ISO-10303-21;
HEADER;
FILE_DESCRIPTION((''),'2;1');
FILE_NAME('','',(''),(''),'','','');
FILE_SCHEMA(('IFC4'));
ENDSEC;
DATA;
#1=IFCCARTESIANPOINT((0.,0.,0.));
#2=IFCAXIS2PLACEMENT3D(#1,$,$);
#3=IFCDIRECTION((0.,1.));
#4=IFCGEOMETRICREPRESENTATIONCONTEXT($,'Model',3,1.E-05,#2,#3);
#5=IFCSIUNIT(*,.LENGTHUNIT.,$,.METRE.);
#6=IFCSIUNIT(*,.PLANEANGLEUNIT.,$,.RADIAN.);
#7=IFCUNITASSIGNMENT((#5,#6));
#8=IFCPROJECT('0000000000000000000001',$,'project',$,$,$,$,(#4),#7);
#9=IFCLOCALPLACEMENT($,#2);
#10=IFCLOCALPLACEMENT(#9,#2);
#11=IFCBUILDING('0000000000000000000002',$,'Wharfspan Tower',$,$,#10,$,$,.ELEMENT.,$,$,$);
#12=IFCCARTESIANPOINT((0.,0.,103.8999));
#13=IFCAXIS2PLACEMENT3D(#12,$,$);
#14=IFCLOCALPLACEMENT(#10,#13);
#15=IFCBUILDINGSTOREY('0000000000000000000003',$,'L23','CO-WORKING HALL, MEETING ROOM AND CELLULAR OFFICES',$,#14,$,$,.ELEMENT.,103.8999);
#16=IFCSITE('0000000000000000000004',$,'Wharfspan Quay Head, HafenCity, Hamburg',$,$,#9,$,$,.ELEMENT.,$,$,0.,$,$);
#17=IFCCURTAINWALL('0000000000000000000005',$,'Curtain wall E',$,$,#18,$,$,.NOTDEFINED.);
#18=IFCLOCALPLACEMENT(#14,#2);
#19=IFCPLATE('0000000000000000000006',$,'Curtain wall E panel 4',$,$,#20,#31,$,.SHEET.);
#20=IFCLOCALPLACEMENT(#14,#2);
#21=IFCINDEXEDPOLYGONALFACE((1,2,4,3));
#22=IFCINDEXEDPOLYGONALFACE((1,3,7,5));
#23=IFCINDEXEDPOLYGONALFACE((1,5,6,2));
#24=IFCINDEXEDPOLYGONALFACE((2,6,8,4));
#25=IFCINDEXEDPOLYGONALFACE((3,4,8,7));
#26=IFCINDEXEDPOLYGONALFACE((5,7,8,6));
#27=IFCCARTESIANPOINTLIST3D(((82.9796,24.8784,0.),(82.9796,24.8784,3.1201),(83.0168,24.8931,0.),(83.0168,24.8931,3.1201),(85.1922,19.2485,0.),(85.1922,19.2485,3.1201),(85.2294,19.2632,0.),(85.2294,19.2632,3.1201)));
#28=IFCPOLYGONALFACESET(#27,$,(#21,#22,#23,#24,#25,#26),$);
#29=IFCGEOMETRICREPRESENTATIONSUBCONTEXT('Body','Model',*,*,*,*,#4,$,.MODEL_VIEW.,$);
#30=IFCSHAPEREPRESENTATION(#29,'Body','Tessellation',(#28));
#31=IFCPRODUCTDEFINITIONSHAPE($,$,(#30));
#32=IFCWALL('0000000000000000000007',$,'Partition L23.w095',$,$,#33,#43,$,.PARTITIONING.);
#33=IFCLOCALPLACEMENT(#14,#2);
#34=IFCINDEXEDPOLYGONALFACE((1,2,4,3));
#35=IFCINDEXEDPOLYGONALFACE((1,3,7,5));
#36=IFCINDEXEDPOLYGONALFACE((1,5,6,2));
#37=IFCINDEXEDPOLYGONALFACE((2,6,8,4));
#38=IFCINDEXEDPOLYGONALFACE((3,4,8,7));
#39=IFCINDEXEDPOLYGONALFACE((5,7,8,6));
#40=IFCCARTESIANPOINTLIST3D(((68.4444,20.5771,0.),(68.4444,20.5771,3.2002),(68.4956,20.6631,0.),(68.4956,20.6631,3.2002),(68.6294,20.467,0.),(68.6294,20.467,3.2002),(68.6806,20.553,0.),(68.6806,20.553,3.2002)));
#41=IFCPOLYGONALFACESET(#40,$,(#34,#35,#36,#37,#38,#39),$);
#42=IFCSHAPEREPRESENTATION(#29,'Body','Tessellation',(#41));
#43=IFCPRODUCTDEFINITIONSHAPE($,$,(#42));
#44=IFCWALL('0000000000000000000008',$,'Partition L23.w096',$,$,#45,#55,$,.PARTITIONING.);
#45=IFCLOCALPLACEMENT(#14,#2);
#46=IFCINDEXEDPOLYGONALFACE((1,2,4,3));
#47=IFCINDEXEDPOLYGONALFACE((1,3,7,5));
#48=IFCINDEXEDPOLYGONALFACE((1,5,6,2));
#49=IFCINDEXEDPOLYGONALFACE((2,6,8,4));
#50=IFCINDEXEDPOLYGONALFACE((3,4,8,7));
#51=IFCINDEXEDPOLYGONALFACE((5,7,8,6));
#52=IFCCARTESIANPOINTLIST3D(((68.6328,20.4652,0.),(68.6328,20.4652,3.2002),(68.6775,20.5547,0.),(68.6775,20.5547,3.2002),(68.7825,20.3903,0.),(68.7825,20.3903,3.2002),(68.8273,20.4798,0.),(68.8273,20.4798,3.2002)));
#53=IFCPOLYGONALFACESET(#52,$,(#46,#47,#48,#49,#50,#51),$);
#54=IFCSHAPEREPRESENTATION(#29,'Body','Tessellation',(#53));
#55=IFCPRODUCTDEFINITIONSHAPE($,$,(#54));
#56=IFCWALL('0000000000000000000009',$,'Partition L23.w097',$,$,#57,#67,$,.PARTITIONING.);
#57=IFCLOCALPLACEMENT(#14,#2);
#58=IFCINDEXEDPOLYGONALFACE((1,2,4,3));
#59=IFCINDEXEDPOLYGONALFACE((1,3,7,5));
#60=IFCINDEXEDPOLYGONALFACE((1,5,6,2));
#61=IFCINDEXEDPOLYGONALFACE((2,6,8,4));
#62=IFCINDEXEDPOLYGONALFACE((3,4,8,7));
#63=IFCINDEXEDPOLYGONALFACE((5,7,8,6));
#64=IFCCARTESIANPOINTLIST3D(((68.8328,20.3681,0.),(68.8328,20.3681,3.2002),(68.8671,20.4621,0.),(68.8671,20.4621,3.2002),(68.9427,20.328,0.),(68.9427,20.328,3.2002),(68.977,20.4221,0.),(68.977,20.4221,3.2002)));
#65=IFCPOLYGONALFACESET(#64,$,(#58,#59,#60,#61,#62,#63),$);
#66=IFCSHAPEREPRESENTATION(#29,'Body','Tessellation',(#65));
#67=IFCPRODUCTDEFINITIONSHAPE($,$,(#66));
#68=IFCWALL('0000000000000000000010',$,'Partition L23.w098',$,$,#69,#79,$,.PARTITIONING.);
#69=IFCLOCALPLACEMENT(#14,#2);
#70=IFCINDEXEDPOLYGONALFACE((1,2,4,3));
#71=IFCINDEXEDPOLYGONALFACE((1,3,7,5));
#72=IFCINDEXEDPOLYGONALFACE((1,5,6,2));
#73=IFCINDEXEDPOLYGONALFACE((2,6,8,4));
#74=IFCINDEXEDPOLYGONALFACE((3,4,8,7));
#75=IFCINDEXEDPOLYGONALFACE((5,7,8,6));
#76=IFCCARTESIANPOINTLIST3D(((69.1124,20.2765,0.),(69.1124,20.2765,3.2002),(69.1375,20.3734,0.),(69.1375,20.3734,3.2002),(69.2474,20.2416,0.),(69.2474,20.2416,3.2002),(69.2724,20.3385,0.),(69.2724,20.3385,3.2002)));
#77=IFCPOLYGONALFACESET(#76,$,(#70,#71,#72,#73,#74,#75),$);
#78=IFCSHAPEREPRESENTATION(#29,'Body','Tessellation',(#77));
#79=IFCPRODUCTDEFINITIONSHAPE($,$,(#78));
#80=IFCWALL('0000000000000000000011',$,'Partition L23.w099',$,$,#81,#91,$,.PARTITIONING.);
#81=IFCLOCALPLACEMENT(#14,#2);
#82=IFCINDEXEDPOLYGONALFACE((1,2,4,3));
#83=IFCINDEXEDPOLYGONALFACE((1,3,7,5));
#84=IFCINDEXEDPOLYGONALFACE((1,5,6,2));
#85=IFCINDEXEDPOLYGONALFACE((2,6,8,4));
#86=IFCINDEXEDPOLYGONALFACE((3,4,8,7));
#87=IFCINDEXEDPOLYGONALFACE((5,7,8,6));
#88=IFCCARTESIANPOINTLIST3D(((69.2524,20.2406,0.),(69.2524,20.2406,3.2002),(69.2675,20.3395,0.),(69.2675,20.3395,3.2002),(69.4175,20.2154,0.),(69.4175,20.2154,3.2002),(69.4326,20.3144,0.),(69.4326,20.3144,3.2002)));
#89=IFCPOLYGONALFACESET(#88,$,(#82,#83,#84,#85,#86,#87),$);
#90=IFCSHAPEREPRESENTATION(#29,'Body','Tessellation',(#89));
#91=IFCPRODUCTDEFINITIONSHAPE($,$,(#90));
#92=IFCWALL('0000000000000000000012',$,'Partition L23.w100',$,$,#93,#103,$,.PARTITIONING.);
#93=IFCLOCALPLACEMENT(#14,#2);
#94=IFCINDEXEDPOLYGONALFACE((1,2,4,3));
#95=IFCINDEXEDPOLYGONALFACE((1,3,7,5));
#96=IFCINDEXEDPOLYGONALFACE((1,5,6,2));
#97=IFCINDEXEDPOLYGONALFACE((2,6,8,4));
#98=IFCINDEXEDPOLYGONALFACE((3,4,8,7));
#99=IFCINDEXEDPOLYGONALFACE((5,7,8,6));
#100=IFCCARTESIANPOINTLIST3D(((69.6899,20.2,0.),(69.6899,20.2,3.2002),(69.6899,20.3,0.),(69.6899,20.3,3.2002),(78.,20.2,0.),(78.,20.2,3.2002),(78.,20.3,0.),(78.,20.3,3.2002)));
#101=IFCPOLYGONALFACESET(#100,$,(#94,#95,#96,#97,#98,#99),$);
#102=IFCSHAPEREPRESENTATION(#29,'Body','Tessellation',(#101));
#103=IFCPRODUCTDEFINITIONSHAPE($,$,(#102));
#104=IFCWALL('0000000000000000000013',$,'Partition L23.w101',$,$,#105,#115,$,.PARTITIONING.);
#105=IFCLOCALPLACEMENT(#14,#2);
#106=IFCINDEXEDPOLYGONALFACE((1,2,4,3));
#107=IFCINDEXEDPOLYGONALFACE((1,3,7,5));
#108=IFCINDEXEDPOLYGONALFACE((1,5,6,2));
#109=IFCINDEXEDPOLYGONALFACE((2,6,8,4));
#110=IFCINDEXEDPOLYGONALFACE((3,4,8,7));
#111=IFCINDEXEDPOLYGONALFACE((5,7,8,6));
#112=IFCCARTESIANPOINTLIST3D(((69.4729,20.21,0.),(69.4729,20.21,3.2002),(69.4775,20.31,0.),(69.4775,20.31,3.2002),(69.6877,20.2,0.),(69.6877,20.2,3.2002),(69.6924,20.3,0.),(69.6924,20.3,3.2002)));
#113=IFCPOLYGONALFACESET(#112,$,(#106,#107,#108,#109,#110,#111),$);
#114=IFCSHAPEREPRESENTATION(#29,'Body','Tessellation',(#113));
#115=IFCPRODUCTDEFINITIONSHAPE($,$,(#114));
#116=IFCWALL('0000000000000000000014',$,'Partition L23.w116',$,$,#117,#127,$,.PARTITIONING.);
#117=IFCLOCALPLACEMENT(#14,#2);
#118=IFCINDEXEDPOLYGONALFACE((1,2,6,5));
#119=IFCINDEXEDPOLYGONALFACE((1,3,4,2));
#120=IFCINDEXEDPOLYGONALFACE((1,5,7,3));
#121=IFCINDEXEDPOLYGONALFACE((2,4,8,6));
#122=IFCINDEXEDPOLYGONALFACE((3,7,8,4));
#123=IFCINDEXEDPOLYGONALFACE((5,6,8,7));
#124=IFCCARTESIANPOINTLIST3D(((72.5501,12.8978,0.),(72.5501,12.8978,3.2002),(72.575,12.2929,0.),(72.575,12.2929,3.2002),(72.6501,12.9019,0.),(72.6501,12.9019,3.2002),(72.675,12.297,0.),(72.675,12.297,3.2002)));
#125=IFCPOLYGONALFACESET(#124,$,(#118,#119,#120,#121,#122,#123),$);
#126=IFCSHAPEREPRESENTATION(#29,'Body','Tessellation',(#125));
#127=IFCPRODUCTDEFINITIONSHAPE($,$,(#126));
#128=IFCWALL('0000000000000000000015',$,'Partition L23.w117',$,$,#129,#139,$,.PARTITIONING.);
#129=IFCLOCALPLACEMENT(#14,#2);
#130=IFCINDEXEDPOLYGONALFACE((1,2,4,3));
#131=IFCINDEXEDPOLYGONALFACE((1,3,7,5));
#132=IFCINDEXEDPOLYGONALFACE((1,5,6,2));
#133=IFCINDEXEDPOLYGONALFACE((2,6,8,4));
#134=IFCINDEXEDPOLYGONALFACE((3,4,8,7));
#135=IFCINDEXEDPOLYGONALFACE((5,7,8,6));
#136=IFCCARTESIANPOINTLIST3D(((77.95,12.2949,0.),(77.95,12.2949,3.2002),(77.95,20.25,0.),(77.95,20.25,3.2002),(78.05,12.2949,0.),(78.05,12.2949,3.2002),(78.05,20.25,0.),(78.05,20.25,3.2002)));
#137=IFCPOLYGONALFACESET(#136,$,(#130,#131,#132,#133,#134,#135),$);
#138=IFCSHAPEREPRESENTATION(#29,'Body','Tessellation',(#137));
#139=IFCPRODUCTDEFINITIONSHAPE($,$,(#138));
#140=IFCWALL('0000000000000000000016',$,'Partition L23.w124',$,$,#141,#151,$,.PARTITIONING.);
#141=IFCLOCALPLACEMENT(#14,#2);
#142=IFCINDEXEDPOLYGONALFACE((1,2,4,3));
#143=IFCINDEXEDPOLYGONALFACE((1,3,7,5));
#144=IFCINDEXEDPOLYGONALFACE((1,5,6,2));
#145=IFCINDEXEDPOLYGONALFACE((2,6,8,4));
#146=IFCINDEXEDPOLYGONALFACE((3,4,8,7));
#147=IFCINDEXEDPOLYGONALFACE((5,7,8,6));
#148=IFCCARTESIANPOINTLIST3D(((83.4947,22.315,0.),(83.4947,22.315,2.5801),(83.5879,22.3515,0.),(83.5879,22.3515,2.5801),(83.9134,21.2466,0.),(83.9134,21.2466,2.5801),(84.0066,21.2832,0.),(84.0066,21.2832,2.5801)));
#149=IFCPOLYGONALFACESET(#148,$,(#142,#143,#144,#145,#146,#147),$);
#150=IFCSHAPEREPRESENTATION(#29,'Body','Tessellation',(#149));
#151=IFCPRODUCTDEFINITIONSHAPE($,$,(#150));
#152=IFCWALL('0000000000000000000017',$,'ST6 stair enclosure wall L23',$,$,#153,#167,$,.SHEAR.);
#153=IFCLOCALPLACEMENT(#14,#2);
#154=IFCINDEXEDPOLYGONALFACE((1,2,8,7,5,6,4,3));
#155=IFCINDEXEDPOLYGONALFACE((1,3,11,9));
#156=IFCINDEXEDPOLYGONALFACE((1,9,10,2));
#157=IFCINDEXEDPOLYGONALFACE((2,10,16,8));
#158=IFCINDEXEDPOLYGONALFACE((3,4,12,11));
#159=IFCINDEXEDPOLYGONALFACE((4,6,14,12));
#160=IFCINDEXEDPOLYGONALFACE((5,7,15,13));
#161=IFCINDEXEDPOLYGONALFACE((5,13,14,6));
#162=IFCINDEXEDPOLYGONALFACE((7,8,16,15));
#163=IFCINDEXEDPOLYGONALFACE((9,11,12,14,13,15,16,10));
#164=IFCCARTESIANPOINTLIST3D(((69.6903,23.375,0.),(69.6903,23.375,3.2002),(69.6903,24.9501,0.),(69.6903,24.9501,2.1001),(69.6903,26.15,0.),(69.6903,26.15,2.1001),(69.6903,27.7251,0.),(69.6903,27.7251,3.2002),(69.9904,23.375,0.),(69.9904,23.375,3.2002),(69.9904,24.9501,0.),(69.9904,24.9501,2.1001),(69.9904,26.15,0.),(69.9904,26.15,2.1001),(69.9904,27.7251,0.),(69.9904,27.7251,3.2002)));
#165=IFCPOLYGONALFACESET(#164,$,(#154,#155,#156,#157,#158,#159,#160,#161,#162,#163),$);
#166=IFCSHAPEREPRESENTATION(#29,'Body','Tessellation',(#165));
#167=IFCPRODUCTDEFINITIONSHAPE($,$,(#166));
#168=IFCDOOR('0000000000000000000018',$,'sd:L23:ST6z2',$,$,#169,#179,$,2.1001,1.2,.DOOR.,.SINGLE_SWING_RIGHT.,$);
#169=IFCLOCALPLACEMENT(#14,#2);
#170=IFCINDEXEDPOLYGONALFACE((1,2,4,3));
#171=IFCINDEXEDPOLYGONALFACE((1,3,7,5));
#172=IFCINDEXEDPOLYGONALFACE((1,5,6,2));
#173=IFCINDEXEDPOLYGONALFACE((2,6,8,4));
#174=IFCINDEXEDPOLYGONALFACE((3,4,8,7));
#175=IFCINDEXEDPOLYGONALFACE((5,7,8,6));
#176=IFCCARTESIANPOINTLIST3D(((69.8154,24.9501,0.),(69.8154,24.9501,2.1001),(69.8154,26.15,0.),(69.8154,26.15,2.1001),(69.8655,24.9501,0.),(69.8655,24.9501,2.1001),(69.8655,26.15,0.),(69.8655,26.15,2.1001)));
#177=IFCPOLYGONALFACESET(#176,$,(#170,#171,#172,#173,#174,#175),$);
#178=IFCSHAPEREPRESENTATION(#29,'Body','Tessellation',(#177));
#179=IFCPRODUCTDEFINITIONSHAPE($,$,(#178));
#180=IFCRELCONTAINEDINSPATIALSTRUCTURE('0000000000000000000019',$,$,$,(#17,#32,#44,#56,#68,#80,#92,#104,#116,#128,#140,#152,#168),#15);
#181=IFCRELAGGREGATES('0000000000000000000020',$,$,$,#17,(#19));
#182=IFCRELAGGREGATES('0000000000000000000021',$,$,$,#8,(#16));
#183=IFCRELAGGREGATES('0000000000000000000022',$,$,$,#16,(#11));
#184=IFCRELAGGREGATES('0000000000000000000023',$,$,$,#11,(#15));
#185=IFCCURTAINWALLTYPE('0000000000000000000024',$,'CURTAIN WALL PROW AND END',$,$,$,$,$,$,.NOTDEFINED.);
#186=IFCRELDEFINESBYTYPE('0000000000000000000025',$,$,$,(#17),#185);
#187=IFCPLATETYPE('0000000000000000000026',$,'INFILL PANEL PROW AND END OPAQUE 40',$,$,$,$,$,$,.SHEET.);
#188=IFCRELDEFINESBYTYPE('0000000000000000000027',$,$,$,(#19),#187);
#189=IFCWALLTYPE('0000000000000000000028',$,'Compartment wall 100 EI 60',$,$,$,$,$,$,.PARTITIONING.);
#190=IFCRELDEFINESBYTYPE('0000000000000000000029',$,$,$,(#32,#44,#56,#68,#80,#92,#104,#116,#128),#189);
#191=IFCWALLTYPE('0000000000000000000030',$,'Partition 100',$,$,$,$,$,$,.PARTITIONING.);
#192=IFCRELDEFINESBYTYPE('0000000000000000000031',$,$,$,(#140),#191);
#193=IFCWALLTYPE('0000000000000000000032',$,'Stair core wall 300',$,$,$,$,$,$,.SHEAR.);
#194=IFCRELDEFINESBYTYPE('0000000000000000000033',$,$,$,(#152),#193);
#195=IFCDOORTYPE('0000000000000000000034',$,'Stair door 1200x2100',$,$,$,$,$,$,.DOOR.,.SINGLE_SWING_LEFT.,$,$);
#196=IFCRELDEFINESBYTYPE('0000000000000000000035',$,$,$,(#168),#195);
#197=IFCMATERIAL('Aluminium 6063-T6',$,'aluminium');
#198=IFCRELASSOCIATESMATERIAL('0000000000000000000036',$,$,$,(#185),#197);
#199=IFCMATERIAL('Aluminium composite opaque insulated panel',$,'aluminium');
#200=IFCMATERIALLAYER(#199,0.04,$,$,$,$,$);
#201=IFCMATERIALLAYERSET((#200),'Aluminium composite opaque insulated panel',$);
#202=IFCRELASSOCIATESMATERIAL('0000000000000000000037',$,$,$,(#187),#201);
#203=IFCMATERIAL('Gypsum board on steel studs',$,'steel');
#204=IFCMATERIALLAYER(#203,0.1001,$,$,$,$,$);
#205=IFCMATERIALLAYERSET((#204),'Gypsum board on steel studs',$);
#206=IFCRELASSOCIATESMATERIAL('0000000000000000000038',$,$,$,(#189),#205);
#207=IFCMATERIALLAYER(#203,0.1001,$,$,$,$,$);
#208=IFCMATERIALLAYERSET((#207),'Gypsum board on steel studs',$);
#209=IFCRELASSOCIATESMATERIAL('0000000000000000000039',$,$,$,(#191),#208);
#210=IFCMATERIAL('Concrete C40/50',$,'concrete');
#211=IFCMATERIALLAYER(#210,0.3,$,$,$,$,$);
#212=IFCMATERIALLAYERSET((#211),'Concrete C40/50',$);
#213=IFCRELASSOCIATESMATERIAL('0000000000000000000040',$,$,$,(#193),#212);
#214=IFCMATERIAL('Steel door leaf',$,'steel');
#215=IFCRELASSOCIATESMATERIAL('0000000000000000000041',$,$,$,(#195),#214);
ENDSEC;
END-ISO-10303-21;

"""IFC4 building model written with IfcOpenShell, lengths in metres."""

from ifc_helpers import new_model, si_unit, direction, frame, frame_2d, origin, origin_2d, place, context, subcontext, project, spatial, rectangle, extrude, material, layer, layer_set, type_object, element, fill, aggregate, save


model = new_model("IFC4")

# Units and contexts
model_context = context("Model", 3, precision=1e-05, world=origin(), true_north=direction((0.0, 1.0)))
body_context = subcontext(model_context, "Body", "Model", "MODEL_VIEW")
ifc_project = project(units=[si_unit("LENGTHUNIT", "METRE"), si_unit("PLANEANGLEUNIT", "RADIAN")], contexts=[model_context])

# Site, building, storey
site_placement = place(None, origin())
site = spatial("IfcSite", under=ifc_project, at=site_placement, Name="Wharfspan Quay Head, HafenCity, Hamburg", CompositionType="ELEMENT", RefElevation=0.0)
building_placement = place(site_placement, origin())
building = spatial("IfcBuilding", under=site, at=building_placement, Name="Wharfspan Tower", CompositionType="ELEMENT")
storey_placement = place(building_placement, frame((0.0, 0.0, 103.8999)))
storey = spatial("IfcBuildingStorey", under=building, at=storey_placement, Name="L23", Description="CO-WORKING HALL, MEETING ROOM AND CELLULAR OFFICES", CompositionType="ELEMENT", Elevation=103.8999)

# Curtain wall
ifc_material_1 = material(Name="Aluminium 6063-T6", Category="aluminium")
curtain_wall_type = type_object("IfcCurtainWallType", Name="CURTAIN WALL PROW AND END", PredefinedType="NOTDEFINED", material=ifc_material_1)
curtain_wall_placement = place(storey_placement, origin())
curtain_wall = element("IfcCurtainWall", 1, at=curtain_wall_placement, inside=storey, type_object=curtain_wall_type, Name="Curtain wall E", PredefinedType="NOTDEFINED")

# Plate
ifc_material_2 = material(Name="Aluminium composite opaque insulated panel", Category="aluminium")
ifc_layer_1 = layer(ifc_material_2, 0.04)
ifc_layer_set_1 = layer_set([ifc_layer_1], Name="Aluminium composite opaque insulated panel")
plate_type = type_object("IfcPlateType", Name="INFILL PANEL PROW AND END OPAQUE 40", PredefinedType="SHEET", material=ifc_layer_set_1)
plate_1_placement = place(storey_placement, frame((84.1045, 22.0708, 0.0), z_axis=(0.0, 0.0, 1.0), x_axis=(-0.365778, 0.930702, 0.0)))
plate_1 = element("IfcPlate", 2, at=plate_1_placement, type_object=plate_type, Name="Curtain wall E panel 4", PredefinedType="SHEET", context=body_context, shape_type="SweptSolid", body=[
    extrude(rectangle(XDim=6.0491, YDim=0.04, at=origin_2d()), origin(), (0.0, 0.0, 1.0), 3.1201),
])
aggregate(curtain_wall, [plate_1])

# Walls
ifc_material_3 = material(Name="Gypsum board on steel studs", Category="steel")
ifc_layer_2 = layer(ifc_material_3, 0.1001)
ifc_layer_set_2 = layer_set([ifc_layer_2], Name="Gypsum board on steel studs")
wall_type_1 = type_object("IfcWallType", Name="Compartment wall 100 EI 60", PredefinedType="PARTITIONING", material=ifc_layer_set_2)
wall_1_placement = place(storey_placement, frame((68.655, 20.51, 0.0), z_axis=(0.0, 0.0, 1.0), x_axis=(-0.859387, 0.511324, 0.0)))
element("IfcWall", 3, at=wall_1_placement, inside=storey, type_object=wall_type_1, Name="Partition L23.w095", PredefinedType="PARTITIONING", context=body_context, shape_type="SweptSolid", body=[
    extrude(rectangle(XDim=0.2153, YDim=0.1001, at=frame_2d((0.1077, 0.0))), origin(), (0.0, 0.0, 1.0), 3.2002),
])
wall_2_placement = place(storey_placement, frame((68.8049, 20.4351, 0.0), z_axis=(0.0, 0.0, 1.0), x_axis=(-0.894428, 0.447214, 0.0)))
element("IfcWall", 4, at=wall_2_placement, inside=storey, type_object=wall_type_1, Name="Partition L23.w096", PredefinedType="PARTITIONING", context=body_context, shape_type="SweptSolid", body=[
    extrude(rectangle(XDim=0.1675, YDim=0.1001, at=frame_2d((0.0837, 0.0))), origin(), (0.0, 0.0, 1.0), 3.2002),
])
wall_3_placement = place(storey_placement, frame((68.96, 20.375, 0.0), z_axis=(0.0, 0.0, 1.0), x_axis=(-0.939545, 0.342412, 0.0)))
element("IfcWall", 5, at=wall_3_placement, inside=storey, type_object=wall_type_1, Name="Partition L23.w097", PredefinedType="PARTITIONING", context=body_context, shape_type="SweptSolid", body=[
    extrude(rectangle(XDim=0.1169, YDim=0.1001, at=frame_2d((0.0586, 0.0))), origin(), (0.0, 0.0, 1.0), 3.2002),
])
wall_4_placement = place(storey_placement, frame((69.26, 20.29, 0.0), z_axis=(0.0, 0.0, 1.0), x_axis=(-0.968156, 0.250355, 0.0)))
element("IfcWall", 6, at=wall_4_placement, inside=storey, type_object=wall_type_1, Name="Partition L23.w098", PredefinedType="PARTITIONING", context=body_context, shape_type="SweptSolid", body=[
    extrude(rectangle(XDim=0.1394, YDim=0.1001, at=frame_2d((0.0698, 0.0))), origin(), (0.0, 0.0, 1.0), 3.2002),
])
wall_5_placement = place(storey_placement, frame((69.425, 20.2649, 0.0), z_axis=(0.0, 0.0, 1.0), x_axis=(-0.988594, 0.150629, 0.0)))
element("IfcWall", 7, at=wall_5_placement, inside=storey, type_object=wall_type_1, Name="Partition L23.w099", PredefinedType="PARTITIONING", context=body_context, shape_type="SweptSolid", body=[
    extrude(rectangle(XDim=0.167, YDim=0.1001, at=frame_2d((0.0835, 0.0))), origin(), (0.0, 0.0, 1.0), 3.2002),
])
wall_6_placement = place(storey_placement, frame((69.6899, 20.25, 0.0), z_axis=(0.0, 0.0, 1.0), x_axis=(1.0, 0.0, 0.0)))
element("IfcWall", 8, at=wall_6_placement, inside=storey, type_object=wall_type_1, Name="Partition L23.w100", PredefinedType="PARTITIONING", context=body_context, shape_type="SweptSolid", body=[
    extrude(rectangle(XDim=8.3101, YDim=0.1001, at=frame_2d((4.155, 0.0))), origin(), (0.0, 0.0, 1.0), 3.2002),
])
wall_7_placement = place(storey_placement, frame((69.6899, 20.25, 0.0), z_axis=(0.0, 0.0, 1.0), x_axis=(-0.998912, 0.04654, 0.0)))
element("IfcWall", 9, at=wall_7_placement, inside=storey, type_object=wall_type_1, Name="Partition L23.w101", PredefinedType="PARTITIONING", context=body_context, shape_type="SweptSolid", body=[
    extrude(rectangle(XDim=0.2151, YDim=0.1001, at=frame_2d((0.1074, 0.0))), origin(), (0.0, 0.0, 1.0), 3.2002),
])
wall_8_placement = place(storey_placement, frame((72.625, 12.2949, 0.0), z_axis=(0.0, 0.0, 1.0), x_axis=(-0.041127, 0.99915, 0.0)))
element("IfcWall", 10, at=wall_8_placement, inside=storey, type_object=wall_type_1, Name="Partition L23.w116", PredefinedType="PARTITIONING", context=body_context, shape_type="SweptSolid", body=[
    extrude(rectangle(XDim=0.6055, YDim=0.1001, at=frame_2d((0.3027, 0.0))), origin(), (0.0, 0.0, 1.0), 3.2002),
])
wall_9_placement = place(storey_placement, frame((78.0, 12.2949, 0.0), z_axis=(0.0, 0.0, 1.0), x_axis=(0.0, 1.0, 0.0)))
element("IfcWall", 11, at=wall_9_placement, inside=storey, type_object=wall_type_1, Name="Partition L23.w117", PredefinedType="PARTITIONING", context=body_context, shape_type="SweptSolid", body=[
    extrude(rectangle(XDim=7.9551, YDim=0.1001, at=frame_2d((3.9775, 0.0))), origin(), (0.0, 0.0, 1.0), 3.2002),
])
ifc_layer_3 = layer(ifc_material_3, 0.1001)
ifc_layer_set_3 = layer_set([ifc_layer_3], Name="Gypsum board on steel studs")
wall_type_2 = type_object("IfcWallType", Name="Partition 100", PredefinedType="PARTITIONING", material=ifc_layer_set_3)
wall_10_placement = place(storey_placement, frame((83.96, 21.2649, 0.0), z_axis=(0.0, 0.0, 1.0), x_axis=(-0.364889, 0.931052, 0.0)))
element("IfcWall", 12, at=wall_10_placement, inside=storey, type_object=wall_type_2, Name="Partition L23.w124", PredefinedType="PARTITIONING", context=body_context, shape_type="SweptSolid", body=[
    extrude(rectangle(XDim=1.1475, YDim=0.1001, at=frame_2d((0.5737, 0.0))), origin(), (0.0, 0.0, 1.0), 2.5801),
])

# Wall, opening, door
ifc_material_4 = material(Name="Concrete C40/50", Category="concrete")
ifc_layer_4 = layer(ifc_material_4, 0.3)
ifc_layer_set_4 = layer_set([ifc_layer_4], Name="Concrete C40/50")
wall_type_3 = type_object("IfcWallType", Name="Stair core wall 300", PredefinedType="SHEAR", material=ifc_layer_set_4)
wall_11_placement = place(storey_placement, frame((69.8403, 23.375, 0.0), z_axis=(0.0, 0.0, 1.0), x_axis=(0.0, 1.0, 0.0)))
wall_11 = element("IfcWall", 13, at=wall_11_placement, inside=storey, type_object=wall_type_3, Name="ST6 stair enclosure wall L23", PredefinedType="SHEAR", context=body_context, shape_type="SweptSolid", body=[
    extrude(rectangle(XDim=4.3501, YDim=0.3, at=frame_2d((2.175, 0.0))), origin(), (0.0, 0.0, 1.0), 3.2002),
])
opening_placement = place(wall_11_placement, frame((1.575, 0.0, 0.0)))
opening = element("IfcOpeningElement", 14, at=opening_placement, cuts=wall_11, PredefinedType="OPENING", context=body_context, shape_type="SweptSolid", body=[
    extrude(rectangle(XDim=1.2, YDim=2.1001, at=frame_2d((0.6001, 1.05))), frame((0.0, 0.1599, 0.0), z_axis=(0.0, -1.0, 0.0), x_axis=(1.0, 0.0, 0.0)), (0.0, 0.0, 1.0), 0.3201),
])
ifc_material_5 = material(Name="Steel door leaf", Category="steel")
door_type = type_object("IfcDoorType", Name="Stair door 1200x2100", OperationType="SINGLE_SWING_LEFT", PredefinedType="DOOR", material=ifc_material_5)
door_placement = place(opening_placement, origin())
door = element("IfcDoor", 15, at=door_placement, inside=storey, type_object=door_type, Name="sd:L23:ST6z2", OperationType="SINGLE_SWING_RIGHT", OverallHeight=2.1001, OverallWidth=1.2, PredefinedType="DOOR", context=body_context, shape_type="SweptSolid", body=[
    extrude(rectangle(XDim=1.2, YDim=2.1001, at=frame_2d((0.6001, 1.05))), frame((0.0, 0.0249, 0.0), z_axis=(0.0, -1.0, 0.0), x_axis=(1.0, 0.0, 0.0)), (0.0, 0.0, 1.0), 0.05),
])
fill(opening, door)

save(model, "model.ifc")
